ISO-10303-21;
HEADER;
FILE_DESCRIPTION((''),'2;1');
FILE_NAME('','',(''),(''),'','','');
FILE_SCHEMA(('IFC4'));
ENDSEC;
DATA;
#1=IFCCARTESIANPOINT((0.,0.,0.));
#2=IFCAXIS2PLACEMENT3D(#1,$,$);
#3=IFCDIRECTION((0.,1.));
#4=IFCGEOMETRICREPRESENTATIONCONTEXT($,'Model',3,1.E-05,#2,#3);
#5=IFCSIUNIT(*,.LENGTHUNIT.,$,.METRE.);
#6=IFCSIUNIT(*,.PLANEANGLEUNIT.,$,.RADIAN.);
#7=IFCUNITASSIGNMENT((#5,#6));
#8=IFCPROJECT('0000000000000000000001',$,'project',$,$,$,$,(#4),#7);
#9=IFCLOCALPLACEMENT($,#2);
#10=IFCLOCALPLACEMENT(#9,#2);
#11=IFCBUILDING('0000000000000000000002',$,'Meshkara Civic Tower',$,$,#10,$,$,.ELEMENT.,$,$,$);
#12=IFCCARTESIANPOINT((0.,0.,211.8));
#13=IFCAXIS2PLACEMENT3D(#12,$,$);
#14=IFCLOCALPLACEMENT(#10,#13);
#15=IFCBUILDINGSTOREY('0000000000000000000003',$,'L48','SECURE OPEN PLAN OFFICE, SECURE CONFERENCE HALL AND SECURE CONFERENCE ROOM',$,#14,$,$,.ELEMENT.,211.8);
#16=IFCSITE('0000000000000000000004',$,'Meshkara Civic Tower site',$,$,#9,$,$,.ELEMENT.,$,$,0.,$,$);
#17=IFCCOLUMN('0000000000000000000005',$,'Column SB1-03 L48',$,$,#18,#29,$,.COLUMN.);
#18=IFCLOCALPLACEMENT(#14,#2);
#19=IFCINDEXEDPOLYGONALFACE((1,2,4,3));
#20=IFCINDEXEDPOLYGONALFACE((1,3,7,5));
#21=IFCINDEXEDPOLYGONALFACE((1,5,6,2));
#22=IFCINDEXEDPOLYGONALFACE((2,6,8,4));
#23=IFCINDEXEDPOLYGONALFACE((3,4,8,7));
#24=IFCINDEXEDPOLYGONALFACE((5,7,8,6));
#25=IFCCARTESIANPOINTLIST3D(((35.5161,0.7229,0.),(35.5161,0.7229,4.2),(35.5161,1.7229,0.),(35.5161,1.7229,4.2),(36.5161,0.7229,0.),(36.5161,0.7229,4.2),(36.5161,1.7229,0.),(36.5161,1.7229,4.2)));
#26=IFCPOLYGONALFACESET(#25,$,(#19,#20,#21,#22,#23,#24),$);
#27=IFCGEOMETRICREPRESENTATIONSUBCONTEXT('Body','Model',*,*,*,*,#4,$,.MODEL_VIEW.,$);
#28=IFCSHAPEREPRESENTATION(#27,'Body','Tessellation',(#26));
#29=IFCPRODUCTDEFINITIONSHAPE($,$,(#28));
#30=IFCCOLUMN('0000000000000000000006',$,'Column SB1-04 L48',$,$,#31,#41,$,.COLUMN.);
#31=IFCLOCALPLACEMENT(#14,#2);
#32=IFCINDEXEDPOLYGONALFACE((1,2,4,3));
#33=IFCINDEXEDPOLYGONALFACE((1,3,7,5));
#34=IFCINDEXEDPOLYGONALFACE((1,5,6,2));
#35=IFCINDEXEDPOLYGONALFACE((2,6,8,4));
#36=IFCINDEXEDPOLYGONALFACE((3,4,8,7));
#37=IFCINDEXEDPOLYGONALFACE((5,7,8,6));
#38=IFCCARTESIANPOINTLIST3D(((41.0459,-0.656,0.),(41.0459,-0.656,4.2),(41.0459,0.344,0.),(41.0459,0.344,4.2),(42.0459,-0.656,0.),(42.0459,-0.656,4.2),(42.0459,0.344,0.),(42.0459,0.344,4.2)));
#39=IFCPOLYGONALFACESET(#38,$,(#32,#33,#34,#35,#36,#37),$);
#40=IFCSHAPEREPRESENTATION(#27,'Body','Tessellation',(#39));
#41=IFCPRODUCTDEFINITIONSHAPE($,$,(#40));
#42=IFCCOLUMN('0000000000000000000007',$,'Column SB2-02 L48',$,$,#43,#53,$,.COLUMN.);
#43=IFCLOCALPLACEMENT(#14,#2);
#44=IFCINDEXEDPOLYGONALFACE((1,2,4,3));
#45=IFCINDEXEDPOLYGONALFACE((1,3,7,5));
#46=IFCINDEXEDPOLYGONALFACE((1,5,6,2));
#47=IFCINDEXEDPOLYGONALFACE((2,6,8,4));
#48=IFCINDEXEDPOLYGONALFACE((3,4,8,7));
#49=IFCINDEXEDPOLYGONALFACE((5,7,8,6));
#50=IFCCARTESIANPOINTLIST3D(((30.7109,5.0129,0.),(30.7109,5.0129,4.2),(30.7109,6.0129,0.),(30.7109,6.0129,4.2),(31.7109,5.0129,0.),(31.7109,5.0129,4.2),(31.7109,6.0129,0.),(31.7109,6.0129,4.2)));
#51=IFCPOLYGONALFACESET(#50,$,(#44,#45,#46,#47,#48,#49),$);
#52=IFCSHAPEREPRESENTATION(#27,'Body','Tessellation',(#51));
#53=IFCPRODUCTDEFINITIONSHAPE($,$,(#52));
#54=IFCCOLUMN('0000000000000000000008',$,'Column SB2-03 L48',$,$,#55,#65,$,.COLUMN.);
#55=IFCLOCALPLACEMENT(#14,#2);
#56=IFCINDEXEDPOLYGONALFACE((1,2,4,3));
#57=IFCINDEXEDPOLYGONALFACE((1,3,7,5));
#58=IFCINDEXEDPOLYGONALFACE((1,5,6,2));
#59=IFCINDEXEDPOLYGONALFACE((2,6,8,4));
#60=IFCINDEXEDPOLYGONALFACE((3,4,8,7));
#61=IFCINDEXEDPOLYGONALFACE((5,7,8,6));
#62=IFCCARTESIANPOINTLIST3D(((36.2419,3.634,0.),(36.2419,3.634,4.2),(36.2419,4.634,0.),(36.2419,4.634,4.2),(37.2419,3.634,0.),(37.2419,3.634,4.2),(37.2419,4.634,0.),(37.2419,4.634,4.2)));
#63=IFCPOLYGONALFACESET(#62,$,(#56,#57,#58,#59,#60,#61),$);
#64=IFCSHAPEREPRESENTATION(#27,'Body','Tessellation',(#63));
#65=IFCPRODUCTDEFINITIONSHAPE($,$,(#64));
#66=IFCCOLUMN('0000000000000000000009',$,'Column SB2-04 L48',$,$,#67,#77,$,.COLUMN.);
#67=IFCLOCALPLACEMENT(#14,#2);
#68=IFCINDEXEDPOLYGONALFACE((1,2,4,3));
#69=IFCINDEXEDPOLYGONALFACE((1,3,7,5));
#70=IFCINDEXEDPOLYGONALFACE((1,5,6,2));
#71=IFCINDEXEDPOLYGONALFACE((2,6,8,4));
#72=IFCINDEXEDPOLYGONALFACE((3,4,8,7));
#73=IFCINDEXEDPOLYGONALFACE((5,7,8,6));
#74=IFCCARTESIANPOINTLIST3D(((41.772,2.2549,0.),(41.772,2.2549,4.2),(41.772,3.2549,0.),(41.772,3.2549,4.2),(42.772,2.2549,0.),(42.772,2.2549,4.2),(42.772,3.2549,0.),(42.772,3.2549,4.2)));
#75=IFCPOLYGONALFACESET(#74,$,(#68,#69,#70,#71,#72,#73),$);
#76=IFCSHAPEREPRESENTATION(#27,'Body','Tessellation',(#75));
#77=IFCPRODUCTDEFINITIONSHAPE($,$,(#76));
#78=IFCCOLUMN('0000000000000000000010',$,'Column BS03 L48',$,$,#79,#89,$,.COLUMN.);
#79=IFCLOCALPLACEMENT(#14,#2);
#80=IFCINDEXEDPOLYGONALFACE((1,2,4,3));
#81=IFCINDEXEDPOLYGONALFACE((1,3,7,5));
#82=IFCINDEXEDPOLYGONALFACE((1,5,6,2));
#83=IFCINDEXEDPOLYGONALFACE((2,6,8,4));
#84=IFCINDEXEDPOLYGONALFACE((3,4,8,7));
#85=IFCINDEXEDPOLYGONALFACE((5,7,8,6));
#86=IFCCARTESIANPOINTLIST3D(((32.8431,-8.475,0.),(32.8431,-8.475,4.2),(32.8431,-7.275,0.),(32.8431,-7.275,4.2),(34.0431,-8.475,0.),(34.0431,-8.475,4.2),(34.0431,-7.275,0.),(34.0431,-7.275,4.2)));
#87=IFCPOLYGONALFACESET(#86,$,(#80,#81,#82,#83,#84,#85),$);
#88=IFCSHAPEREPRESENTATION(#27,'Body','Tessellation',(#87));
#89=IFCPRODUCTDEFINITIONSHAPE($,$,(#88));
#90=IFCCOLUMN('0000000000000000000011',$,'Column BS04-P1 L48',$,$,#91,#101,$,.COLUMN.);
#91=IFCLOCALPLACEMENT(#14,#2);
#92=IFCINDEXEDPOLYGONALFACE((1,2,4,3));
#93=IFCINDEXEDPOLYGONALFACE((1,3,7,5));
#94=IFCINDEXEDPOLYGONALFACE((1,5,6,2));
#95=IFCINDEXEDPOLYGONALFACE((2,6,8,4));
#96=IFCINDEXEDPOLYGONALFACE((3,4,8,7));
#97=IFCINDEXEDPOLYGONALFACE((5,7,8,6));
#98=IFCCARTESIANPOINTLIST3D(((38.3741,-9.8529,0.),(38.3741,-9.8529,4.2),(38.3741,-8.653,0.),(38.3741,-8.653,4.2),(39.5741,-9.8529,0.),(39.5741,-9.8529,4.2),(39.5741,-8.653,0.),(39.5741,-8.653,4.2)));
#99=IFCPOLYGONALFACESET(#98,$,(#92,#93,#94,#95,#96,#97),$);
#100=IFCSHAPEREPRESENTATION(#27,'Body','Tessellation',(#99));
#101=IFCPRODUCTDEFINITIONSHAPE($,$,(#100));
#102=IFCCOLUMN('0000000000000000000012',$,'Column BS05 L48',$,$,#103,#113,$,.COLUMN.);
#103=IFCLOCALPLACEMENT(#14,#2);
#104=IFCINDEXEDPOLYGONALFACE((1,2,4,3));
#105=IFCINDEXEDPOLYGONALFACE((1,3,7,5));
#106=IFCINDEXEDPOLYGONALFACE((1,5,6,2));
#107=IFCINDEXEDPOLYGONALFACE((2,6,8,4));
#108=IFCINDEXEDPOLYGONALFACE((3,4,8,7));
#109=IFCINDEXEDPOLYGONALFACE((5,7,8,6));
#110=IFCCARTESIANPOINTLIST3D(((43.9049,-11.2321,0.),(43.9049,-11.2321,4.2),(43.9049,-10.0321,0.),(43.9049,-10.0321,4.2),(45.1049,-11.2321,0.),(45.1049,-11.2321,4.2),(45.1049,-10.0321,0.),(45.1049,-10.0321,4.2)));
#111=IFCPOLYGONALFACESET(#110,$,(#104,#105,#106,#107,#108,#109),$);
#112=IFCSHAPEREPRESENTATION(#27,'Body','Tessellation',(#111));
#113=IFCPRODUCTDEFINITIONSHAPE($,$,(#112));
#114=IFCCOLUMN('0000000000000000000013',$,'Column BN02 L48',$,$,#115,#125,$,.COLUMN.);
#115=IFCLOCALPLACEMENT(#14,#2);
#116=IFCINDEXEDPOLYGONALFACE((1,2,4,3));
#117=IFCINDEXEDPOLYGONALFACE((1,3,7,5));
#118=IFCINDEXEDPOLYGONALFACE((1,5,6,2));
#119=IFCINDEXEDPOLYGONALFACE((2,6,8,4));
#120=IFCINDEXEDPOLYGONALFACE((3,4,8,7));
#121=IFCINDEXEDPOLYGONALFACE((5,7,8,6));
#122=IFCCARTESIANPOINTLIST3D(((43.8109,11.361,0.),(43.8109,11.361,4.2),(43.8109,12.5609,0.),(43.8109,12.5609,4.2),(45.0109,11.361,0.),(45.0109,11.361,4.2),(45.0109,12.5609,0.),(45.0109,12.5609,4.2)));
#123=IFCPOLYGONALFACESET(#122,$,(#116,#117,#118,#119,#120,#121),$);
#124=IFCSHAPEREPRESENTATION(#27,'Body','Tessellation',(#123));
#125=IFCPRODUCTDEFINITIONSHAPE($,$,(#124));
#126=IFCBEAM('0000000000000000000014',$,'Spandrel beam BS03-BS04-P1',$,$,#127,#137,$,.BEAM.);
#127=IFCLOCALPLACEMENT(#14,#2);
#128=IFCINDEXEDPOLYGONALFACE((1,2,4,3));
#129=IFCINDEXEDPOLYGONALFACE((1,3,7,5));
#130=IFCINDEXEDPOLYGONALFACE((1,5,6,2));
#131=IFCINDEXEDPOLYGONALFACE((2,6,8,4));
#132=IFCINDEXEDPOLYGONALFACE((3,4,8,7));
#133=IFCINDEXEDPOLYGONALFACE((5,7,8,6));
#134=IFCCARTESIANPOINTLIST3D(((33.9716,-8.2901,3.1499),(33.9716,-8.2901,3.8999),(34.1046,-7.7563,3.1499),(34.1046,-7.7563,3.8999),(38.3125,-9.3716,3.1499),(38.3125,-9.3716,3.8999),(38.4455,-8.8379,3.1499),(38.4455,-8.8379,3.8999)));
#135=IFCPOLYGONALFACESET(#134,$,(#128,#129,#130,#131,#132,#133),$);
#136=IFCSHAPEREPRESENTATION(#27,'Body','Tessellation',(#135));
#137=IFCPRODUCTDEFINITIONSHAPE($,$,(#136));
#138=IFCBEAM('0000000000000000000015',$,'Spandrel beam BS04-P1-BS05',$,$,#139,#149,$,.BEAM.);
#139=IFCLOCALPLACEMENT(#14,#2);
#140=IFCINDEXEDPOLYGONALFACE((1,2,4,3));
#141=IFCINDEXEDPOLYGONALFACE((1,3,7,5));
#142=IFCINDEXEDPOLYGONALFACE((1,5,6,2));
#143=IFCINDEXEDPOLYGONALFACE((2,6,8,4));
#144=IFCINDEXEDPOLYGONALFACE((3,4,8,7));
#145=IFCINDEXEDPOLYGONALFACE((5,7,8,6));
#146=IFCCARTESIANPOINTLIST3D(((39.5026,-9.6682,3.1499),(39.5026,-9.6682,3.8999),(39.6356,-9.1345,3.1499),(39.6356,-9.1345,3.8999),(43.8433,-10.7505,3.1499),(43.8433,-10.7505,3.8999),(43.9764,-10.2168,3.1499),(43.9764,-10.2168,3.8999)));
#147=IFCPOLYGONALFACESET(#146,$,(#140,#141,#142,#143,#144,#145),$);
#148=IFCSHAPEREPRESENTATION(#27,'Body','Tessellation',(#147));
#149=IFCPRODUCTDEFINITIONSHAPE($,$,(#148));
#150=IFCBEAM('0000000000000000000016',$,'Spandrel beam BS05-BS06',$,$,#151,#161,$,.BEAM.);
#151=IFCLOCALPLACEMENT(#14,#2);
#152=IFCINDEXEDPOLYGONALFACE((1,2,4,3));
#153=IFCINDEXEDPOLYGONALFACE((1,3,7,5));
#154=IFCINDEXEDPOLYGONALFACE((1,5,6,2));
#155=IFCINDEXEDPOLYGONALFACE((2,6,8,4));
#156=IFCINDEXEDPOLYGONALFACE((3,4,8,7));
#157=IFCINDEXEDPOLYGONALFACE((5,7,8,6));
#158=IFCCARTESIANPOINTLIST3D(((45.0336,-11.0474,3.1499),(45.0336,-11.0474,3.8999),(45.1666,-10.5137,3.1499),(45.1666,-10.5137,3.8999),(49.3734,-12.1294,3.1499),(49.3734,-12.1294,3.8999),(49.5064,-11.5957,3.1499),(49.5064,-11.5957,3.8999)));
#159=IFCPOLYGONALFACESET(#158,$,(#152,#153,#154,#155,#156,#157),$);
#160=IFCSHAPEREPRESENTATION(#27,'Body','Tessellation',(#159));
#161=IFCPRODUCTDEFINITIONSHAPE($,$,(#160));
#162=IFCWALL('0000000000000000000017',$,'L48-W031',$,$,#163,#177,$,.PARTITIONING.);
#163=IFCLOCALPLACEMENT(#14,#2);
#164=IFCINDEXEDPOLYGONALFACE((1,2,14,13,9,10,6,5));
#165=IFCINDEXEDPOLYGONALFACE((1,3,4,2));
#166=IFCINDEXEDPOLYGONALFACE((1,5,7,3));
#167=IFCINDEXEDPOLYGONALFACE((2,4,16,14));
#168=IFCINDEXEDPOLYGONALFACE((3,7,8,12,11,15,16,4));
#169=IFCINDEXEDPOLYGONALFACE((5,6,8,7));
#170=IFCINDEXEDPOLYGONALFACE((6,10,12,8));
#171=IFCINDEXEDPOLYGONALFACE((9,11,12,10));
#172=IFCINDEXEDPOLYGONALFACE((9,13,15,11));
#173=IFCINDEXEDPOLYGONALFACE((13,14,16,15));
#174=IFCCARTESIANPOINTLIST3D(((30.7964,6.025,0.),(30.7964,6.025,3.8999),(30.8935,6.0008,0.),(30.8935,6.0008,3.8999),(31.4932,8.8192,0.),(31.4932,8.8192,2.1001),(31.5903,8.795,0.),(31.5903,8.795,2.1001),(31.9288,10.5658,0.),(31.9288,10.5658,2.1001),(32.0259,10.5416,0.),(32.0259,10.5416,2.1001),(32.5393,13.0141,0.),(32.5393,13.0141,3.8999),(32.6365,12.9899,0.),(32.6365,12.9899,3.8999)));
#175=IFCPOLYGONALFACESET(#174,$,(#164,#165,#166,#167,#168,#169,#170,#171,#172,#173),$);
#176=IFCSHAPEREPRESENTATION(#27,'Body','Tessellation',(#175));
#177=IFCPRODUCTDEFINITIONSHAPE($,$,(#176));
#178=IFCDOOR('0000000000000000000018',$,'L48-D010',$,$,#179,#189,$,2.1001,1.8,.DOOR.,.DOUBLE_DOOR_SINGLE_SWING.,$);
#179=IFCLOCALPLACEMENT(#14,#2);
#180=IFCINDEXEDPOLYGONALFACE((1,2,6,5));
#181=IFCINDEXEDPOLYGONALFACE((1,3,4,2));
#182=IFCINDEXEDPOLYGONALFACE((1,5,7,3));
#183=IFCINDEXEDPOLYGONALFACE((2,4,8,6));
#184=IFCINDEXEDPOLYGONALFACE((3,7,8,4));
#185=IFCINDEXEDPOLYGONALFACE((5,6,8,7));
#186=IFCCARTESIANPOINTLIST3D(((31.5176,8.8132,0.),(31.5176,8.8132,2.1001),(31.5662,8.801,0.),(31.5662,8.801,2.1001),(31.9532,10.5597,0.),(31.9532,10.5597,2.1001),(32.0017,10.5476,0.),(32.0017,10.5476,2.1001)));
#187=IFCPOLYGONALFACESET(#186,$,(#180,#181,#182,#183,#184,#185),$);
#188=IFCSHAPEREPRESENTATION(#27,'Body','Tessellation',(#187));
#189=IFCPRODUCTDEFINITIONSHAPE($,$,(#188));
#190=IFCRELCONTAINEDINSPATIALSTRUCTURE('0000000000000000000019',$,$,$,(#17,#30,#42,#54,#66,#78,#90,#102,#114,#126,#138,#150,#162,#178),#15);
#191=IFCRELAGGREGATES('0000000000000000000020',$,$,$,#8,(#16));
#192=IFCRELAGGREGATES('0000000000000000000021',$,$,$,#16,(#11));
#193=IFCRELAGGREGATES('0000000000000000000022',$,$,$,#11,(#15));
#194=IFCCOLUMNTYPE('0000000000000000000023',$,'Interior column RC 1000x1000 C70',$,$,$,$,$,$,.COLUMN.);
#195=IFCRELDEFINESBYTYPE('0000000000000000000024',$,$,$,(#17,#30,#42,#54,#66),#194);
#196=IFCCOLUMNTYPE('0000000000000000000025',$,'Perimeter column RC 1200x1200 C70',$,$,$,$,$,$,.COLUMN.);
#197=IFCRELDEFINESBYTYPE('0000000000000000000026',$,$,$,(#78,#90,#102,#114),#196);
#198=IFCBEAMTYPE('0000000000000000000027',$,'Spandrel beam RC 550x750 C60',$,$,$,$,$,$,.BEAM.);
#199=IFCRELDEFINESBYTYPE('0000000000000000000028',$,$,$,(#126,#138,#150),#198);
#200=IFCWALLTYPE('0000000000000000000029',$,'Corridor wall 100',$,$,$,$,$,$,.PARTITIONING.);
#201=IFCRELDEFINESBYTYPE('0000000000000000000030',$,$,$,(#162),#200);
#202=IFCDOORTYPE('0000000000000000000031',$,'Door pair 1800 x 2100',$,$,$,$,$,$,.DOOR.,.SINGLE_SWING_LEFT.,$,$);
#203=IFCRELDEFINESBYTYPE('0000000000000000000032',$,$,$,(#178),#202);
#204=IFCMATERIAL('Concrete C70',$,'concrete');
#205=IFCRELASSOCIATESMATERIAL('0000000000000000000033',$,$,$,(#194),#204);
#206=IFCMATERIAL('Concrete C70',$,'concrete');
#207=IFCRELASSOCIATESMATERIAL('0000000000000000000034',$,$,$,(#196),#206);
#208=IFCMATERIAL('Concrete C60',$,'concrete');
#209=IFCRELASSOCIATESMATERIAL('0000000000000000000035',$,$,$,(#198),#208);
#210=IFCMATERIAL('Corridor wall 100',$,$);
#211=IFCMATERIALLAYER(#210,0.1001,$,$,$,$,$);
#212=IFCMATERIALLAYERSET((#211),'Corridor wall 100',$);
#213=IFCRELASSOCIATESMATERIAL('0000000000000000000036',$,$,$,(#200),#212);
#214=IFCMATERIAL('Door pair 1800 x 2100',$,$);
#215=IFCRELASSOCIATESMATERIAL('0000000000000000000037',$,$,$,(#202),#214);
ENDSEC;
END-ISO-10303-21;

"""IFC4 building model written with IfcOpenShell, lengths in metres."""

from ifc_helpers import new_model, si_unit, direction, frame, frame_2d, origin, origin_2d, place, context, subcontext, project, spatial, rectangle, extrude, material, layer, layer_set, material_profile, profile_set, type_object, element, fill, save


model = new_model("IFC4")

# Units and contexts
model_context = context("Model", 3, precision=1e-05, world=origin(), true_north=direction((0.0, 1.0)))
body_context = subcontext(model_context, "Body", "Model", "MODEL_VIEW")
ifc_project = project(units=[si_unit("LENGTHUNIT", "METRE"), si_unit("PLANEANGLEUNIT", "RADIAN")], contexts=[model_context])

# Site, building, storey
site_placement = place(None, origin())
site = spatial("IfcSite", under=ifc_project, at=site_placement, Name="Meshkara Civic Tower site", CompositionType="ELEMENT", RefElevation=0.0)
building_placement = place(site_placement, origin())
building = spatial("IfcBuilding", under=site, at=building_placement, Name="Meshkara Civic Tower", CompositionType="ELEMENT")
storey_placement = place(building_placement, frame((0.0, 0.0, 211.8)))
storey = spatial("IfcBuildingStorey", under=building, at=storey_placement, Name="L48", Description="SECURE OPEN PLAN OFFICE, SECURE CONFERENCE HALL AND SECURE CONFERENCE ROOM", CompositionType="ELEMENT", Elevation=211.8)

# Columns
ifc_material_1 = material(Name="Concrete C70", Category="concrete")
ifc_material_profile_1 = material_profile(ifc_material_1, rectangle(XDim=1.0, YDim=1.0, at=origin_2d()))
ifc_profile_set_1 = profile_set([ifc_material_profile_1], Name="Concrete C70")
column_type_1 = type_object("IfcColumnType", Name="Interior column RC 1000x1000 C70", PredefinedType="COLUMN", material=ifc_profile_set_1)
for number, where, z_axis, x_axis, name in (
    (1, (36.0161, 1.2229, 0.0), (0.0, 0.0, 1.0), (1.0, 0.0, 0.0), "Column SB1-03 L48"),
    (2, (41.5459, -0.156, 0.0), (0.0, 0.0, 1.0), (1.0, 0.0, 0.0), "Column SB1-04 L48"),
    (3, (31.2109, 5.5129, 0.0), (0.0, 0.0, 1.0), (1.0, 0.0, 0.0), "Column SB2-02 L48"),
    (4, (36.7419, 4.134, 0.0), (0.0, 0.0, 1.0), (1.0, 0.0, 0.0), "Column SB2-03 L48"),
    (5, (42.272, 2.7549, 0.0), (0.0, 0.0, 1.0), (1.0, 0.0, 0.0), "Column SB2-04 L48"),
):
    element("IfcColumn", number, at=place(storey_placement, frame(where, z_axis=z_axis, x_axis=x_axis)), inside=storey, type_object=column_type_1, Name=name, PredefinedType="COLUMN", context=body_context, shape_type="SweptSolid", body=[
        extrude(rectangle(XDim=1.0, YDim=1.0, at=origin_2d()), origin(), (0.0, 0.0, 1.0), 4.2),
    ])
ifc_material_2 = material(Name="Concrete C70", Category="concrete")
ifc_material_profile_2 = material_profile(ifc_material_2, rectangle(XDim=1.2, YDim=1.2, at=origin_2d()))
ifc_profile_set_2 = profile_set([ifc_material_profile_2], Name="Concrete C70")
column_type_2 = type_object("IfcColumnType", Name="Perimeter column RC 1200x1200 C70", PredefinedType="COLUMN", material=ifc_profile_set_2)
for number, where, z_axis, x_axis, name in (
    (6, (33.4431, -7.875, 0.0), (0.0, 0.0, 1.0), (1.0, 0.0, 0.0), "Column BS03 L48"),
    (7, (38.9741, -9.2529, 0.0), (0.0, 0.0, 1.0), (1.0, 0.0, 0.0), "Column BS04-P1 L48"),
    (8, (44.5049, -10.6321, 0.0), (0.0, 0.0, 1.0), (1.0, 0.0, 0.0), "Column BS05 L48"),
    (9, (44.4109, 11.9609, 0.0), (0.0, 0.0, 1.0), (1.0, 0.0, 0.0), "Column BN02 L48"),
):
    element("IfcColumn", number, at=place(storey_placement, frame(where, z_axis=z_axis, x_axis=x_axis)), inside=storey, type_object=column_type_2, Name=name, PredefinedType="COLUMN", context=body_context, shape_type="SweptSolid", body=[
        extrude(rectangle(XDim=1.2, YDim=1.2, at=origin_2d()), origin(), (0.0, 0.0, 1.0), 4.2),
    ])

# Beams
ifc_material_3 = material(Name="Concrete C60", Category="concrete")
ifc_material_profile_3 = material_profile(ifc_material_3, rectangle(XDim=0.55, YDim=0.75, at=origin_2d()))
ifc_profile_set_3 = profile_set([ifc_material_profile_3], Name="Concrete C60")
beam_type = type_object("IfcBeamType", Name="Spandrel beam RC 550x750 C60", PredefinedType="BEAM", material=ifc_profile_set_3)
for number, where, z_axis, x_axis, name in (
    (10, (34.0381, -8.0232, 3.5249), (0.970335, -0.241765, 0.0), (0.241765, 0.970335, 0.0), "Spandrel beam BS03-BS04-P1"),
    (11, (39.5691, -9.4014, 3.5249), (0.970296, -0.241919, 0.0), (0.241919, 0.970296, 0.0), "Spandrel beam BS04-P1-BS05"),
):
    element("IfcBeam", number, at=place(storey_placement, frame(where, z_axis=z_axis, x_axis=x_axis)), inside=storey, type_object=beam_type, Name=name, PredefinedType="BEAM", context=body_context, shape_type="SweptSolid", body=[
        extrude(rectangle(XDim=0.55, YDim=0.75, at=origin_2d()), origin(), (0.0, 0.0, 1.0), 4.4736),
    ])
beam_placement = place(storey_placement, frame((45.1001, -10.7805, 3.5249), z_axis=(0.970296, -0.241919, 0.0), x_axis=(0.241919, 0.970296, 0.0)))
element("IfcBeam", 12, at=beam_placement, inside=storey, type_object=beam_type, Name="Spandrel beam BS05-BS06", PredefinedType="BEAM", context=body_context, shape_type="SweptSolid", body=[
    extrude(rectangle(XDim=0.55, YDim=0.75, at=origin_2d()), origin(), (0.0, 0.0, 1.0), 4.4727),
])

# Wall, opening, door
ifc_material_4 = material(Name="Corridor wall 100")
ifc_layer_1 = layer(ifc_material_4, 0.1001)
ifc_layer_set_1 = layer_set([ifc_layer_1], Name="Corridor wall 100")
wall_type_1 = type_object("IfcWallType", Name="Corridor wall 100", PredefinedType="PARTITIONING", material=ifc_layer_set_1)
wall_1_placement = place(storey_placement, frame((30.845, 6.0129, 0.0), z_axis=(0.0, 0.0, 1.0), x_axis=(0.241969, 0.970284, 0.0)))
wall_1 = element("IfcWall", 13, at=wall_1_placement, inside=storey, type_object=wall_type_1, Name="L48-W031", PredefinedType="PARTITIONING", context=body_context, shape_type="SweptSolid", body=[
    extrude(rectangle(XDim=7.2031, YDim=0.1001, at=frame_2d((3.6016, 0.0))), origin(), (0.0, 0.0, 1.0), 3.8999),
])
opening_1_placement = place(wall_1_placement, frame((2.8799, 0.0, 0.0)))
opening_1 = element("IfcOpeningElement", 14, at=opening_1_placement, cuts=wall_1, PredefinedType="OPENING", context=body_context, shape_type="SweptSolid", body=[
    extrude(rectangle(XDim=1.8, YDim=2.1001, at=frame_2d((0.8999, 1.05))), frame((0.0, 0.0601, 0.0), z_axis=(0.0, -1.0, 0.0), x_axis=(1.0, 0.0, 0.0)), (0.0, 0.0, 1.0), 0.1201),
])
ifc_material_5 = material(Name="Door pair 1800 x 2100")
door_type = type_object("IfcDoorType", Name="Door pair 1800 x 2100", OperationType="SINGLE_SWING_LEFT", PredefinedType="DOOR", material=ifc_material_5)
door_placement = place(opening_1_placement, origin())
door = element("IfcDoor", 15, at=door_placement, inside=storey, type_object=door_type, Name="L48-D010", OperationType="DOUBLE_DOOR_SINGLE_SWING", OverallHeight=2.1001, OverallWidth=1.8, PredefinedType="DOOR", context=body_context, shape_type="SweptSolid", body=[
    extrude(rectangle(XDim=1.8, YDim=2.1001, at=frame_2d((0.8999, 1.05))), frame((0.0, 0.0249, 0.0), z_axis=(0.0, -1.0, 0.0), x_axis=(1.0, 0.0, 0.0)), (0.0, 0.0, 1.0), 0.05),
])
fill(opening_1, door)

save(model, "model.ifc")
